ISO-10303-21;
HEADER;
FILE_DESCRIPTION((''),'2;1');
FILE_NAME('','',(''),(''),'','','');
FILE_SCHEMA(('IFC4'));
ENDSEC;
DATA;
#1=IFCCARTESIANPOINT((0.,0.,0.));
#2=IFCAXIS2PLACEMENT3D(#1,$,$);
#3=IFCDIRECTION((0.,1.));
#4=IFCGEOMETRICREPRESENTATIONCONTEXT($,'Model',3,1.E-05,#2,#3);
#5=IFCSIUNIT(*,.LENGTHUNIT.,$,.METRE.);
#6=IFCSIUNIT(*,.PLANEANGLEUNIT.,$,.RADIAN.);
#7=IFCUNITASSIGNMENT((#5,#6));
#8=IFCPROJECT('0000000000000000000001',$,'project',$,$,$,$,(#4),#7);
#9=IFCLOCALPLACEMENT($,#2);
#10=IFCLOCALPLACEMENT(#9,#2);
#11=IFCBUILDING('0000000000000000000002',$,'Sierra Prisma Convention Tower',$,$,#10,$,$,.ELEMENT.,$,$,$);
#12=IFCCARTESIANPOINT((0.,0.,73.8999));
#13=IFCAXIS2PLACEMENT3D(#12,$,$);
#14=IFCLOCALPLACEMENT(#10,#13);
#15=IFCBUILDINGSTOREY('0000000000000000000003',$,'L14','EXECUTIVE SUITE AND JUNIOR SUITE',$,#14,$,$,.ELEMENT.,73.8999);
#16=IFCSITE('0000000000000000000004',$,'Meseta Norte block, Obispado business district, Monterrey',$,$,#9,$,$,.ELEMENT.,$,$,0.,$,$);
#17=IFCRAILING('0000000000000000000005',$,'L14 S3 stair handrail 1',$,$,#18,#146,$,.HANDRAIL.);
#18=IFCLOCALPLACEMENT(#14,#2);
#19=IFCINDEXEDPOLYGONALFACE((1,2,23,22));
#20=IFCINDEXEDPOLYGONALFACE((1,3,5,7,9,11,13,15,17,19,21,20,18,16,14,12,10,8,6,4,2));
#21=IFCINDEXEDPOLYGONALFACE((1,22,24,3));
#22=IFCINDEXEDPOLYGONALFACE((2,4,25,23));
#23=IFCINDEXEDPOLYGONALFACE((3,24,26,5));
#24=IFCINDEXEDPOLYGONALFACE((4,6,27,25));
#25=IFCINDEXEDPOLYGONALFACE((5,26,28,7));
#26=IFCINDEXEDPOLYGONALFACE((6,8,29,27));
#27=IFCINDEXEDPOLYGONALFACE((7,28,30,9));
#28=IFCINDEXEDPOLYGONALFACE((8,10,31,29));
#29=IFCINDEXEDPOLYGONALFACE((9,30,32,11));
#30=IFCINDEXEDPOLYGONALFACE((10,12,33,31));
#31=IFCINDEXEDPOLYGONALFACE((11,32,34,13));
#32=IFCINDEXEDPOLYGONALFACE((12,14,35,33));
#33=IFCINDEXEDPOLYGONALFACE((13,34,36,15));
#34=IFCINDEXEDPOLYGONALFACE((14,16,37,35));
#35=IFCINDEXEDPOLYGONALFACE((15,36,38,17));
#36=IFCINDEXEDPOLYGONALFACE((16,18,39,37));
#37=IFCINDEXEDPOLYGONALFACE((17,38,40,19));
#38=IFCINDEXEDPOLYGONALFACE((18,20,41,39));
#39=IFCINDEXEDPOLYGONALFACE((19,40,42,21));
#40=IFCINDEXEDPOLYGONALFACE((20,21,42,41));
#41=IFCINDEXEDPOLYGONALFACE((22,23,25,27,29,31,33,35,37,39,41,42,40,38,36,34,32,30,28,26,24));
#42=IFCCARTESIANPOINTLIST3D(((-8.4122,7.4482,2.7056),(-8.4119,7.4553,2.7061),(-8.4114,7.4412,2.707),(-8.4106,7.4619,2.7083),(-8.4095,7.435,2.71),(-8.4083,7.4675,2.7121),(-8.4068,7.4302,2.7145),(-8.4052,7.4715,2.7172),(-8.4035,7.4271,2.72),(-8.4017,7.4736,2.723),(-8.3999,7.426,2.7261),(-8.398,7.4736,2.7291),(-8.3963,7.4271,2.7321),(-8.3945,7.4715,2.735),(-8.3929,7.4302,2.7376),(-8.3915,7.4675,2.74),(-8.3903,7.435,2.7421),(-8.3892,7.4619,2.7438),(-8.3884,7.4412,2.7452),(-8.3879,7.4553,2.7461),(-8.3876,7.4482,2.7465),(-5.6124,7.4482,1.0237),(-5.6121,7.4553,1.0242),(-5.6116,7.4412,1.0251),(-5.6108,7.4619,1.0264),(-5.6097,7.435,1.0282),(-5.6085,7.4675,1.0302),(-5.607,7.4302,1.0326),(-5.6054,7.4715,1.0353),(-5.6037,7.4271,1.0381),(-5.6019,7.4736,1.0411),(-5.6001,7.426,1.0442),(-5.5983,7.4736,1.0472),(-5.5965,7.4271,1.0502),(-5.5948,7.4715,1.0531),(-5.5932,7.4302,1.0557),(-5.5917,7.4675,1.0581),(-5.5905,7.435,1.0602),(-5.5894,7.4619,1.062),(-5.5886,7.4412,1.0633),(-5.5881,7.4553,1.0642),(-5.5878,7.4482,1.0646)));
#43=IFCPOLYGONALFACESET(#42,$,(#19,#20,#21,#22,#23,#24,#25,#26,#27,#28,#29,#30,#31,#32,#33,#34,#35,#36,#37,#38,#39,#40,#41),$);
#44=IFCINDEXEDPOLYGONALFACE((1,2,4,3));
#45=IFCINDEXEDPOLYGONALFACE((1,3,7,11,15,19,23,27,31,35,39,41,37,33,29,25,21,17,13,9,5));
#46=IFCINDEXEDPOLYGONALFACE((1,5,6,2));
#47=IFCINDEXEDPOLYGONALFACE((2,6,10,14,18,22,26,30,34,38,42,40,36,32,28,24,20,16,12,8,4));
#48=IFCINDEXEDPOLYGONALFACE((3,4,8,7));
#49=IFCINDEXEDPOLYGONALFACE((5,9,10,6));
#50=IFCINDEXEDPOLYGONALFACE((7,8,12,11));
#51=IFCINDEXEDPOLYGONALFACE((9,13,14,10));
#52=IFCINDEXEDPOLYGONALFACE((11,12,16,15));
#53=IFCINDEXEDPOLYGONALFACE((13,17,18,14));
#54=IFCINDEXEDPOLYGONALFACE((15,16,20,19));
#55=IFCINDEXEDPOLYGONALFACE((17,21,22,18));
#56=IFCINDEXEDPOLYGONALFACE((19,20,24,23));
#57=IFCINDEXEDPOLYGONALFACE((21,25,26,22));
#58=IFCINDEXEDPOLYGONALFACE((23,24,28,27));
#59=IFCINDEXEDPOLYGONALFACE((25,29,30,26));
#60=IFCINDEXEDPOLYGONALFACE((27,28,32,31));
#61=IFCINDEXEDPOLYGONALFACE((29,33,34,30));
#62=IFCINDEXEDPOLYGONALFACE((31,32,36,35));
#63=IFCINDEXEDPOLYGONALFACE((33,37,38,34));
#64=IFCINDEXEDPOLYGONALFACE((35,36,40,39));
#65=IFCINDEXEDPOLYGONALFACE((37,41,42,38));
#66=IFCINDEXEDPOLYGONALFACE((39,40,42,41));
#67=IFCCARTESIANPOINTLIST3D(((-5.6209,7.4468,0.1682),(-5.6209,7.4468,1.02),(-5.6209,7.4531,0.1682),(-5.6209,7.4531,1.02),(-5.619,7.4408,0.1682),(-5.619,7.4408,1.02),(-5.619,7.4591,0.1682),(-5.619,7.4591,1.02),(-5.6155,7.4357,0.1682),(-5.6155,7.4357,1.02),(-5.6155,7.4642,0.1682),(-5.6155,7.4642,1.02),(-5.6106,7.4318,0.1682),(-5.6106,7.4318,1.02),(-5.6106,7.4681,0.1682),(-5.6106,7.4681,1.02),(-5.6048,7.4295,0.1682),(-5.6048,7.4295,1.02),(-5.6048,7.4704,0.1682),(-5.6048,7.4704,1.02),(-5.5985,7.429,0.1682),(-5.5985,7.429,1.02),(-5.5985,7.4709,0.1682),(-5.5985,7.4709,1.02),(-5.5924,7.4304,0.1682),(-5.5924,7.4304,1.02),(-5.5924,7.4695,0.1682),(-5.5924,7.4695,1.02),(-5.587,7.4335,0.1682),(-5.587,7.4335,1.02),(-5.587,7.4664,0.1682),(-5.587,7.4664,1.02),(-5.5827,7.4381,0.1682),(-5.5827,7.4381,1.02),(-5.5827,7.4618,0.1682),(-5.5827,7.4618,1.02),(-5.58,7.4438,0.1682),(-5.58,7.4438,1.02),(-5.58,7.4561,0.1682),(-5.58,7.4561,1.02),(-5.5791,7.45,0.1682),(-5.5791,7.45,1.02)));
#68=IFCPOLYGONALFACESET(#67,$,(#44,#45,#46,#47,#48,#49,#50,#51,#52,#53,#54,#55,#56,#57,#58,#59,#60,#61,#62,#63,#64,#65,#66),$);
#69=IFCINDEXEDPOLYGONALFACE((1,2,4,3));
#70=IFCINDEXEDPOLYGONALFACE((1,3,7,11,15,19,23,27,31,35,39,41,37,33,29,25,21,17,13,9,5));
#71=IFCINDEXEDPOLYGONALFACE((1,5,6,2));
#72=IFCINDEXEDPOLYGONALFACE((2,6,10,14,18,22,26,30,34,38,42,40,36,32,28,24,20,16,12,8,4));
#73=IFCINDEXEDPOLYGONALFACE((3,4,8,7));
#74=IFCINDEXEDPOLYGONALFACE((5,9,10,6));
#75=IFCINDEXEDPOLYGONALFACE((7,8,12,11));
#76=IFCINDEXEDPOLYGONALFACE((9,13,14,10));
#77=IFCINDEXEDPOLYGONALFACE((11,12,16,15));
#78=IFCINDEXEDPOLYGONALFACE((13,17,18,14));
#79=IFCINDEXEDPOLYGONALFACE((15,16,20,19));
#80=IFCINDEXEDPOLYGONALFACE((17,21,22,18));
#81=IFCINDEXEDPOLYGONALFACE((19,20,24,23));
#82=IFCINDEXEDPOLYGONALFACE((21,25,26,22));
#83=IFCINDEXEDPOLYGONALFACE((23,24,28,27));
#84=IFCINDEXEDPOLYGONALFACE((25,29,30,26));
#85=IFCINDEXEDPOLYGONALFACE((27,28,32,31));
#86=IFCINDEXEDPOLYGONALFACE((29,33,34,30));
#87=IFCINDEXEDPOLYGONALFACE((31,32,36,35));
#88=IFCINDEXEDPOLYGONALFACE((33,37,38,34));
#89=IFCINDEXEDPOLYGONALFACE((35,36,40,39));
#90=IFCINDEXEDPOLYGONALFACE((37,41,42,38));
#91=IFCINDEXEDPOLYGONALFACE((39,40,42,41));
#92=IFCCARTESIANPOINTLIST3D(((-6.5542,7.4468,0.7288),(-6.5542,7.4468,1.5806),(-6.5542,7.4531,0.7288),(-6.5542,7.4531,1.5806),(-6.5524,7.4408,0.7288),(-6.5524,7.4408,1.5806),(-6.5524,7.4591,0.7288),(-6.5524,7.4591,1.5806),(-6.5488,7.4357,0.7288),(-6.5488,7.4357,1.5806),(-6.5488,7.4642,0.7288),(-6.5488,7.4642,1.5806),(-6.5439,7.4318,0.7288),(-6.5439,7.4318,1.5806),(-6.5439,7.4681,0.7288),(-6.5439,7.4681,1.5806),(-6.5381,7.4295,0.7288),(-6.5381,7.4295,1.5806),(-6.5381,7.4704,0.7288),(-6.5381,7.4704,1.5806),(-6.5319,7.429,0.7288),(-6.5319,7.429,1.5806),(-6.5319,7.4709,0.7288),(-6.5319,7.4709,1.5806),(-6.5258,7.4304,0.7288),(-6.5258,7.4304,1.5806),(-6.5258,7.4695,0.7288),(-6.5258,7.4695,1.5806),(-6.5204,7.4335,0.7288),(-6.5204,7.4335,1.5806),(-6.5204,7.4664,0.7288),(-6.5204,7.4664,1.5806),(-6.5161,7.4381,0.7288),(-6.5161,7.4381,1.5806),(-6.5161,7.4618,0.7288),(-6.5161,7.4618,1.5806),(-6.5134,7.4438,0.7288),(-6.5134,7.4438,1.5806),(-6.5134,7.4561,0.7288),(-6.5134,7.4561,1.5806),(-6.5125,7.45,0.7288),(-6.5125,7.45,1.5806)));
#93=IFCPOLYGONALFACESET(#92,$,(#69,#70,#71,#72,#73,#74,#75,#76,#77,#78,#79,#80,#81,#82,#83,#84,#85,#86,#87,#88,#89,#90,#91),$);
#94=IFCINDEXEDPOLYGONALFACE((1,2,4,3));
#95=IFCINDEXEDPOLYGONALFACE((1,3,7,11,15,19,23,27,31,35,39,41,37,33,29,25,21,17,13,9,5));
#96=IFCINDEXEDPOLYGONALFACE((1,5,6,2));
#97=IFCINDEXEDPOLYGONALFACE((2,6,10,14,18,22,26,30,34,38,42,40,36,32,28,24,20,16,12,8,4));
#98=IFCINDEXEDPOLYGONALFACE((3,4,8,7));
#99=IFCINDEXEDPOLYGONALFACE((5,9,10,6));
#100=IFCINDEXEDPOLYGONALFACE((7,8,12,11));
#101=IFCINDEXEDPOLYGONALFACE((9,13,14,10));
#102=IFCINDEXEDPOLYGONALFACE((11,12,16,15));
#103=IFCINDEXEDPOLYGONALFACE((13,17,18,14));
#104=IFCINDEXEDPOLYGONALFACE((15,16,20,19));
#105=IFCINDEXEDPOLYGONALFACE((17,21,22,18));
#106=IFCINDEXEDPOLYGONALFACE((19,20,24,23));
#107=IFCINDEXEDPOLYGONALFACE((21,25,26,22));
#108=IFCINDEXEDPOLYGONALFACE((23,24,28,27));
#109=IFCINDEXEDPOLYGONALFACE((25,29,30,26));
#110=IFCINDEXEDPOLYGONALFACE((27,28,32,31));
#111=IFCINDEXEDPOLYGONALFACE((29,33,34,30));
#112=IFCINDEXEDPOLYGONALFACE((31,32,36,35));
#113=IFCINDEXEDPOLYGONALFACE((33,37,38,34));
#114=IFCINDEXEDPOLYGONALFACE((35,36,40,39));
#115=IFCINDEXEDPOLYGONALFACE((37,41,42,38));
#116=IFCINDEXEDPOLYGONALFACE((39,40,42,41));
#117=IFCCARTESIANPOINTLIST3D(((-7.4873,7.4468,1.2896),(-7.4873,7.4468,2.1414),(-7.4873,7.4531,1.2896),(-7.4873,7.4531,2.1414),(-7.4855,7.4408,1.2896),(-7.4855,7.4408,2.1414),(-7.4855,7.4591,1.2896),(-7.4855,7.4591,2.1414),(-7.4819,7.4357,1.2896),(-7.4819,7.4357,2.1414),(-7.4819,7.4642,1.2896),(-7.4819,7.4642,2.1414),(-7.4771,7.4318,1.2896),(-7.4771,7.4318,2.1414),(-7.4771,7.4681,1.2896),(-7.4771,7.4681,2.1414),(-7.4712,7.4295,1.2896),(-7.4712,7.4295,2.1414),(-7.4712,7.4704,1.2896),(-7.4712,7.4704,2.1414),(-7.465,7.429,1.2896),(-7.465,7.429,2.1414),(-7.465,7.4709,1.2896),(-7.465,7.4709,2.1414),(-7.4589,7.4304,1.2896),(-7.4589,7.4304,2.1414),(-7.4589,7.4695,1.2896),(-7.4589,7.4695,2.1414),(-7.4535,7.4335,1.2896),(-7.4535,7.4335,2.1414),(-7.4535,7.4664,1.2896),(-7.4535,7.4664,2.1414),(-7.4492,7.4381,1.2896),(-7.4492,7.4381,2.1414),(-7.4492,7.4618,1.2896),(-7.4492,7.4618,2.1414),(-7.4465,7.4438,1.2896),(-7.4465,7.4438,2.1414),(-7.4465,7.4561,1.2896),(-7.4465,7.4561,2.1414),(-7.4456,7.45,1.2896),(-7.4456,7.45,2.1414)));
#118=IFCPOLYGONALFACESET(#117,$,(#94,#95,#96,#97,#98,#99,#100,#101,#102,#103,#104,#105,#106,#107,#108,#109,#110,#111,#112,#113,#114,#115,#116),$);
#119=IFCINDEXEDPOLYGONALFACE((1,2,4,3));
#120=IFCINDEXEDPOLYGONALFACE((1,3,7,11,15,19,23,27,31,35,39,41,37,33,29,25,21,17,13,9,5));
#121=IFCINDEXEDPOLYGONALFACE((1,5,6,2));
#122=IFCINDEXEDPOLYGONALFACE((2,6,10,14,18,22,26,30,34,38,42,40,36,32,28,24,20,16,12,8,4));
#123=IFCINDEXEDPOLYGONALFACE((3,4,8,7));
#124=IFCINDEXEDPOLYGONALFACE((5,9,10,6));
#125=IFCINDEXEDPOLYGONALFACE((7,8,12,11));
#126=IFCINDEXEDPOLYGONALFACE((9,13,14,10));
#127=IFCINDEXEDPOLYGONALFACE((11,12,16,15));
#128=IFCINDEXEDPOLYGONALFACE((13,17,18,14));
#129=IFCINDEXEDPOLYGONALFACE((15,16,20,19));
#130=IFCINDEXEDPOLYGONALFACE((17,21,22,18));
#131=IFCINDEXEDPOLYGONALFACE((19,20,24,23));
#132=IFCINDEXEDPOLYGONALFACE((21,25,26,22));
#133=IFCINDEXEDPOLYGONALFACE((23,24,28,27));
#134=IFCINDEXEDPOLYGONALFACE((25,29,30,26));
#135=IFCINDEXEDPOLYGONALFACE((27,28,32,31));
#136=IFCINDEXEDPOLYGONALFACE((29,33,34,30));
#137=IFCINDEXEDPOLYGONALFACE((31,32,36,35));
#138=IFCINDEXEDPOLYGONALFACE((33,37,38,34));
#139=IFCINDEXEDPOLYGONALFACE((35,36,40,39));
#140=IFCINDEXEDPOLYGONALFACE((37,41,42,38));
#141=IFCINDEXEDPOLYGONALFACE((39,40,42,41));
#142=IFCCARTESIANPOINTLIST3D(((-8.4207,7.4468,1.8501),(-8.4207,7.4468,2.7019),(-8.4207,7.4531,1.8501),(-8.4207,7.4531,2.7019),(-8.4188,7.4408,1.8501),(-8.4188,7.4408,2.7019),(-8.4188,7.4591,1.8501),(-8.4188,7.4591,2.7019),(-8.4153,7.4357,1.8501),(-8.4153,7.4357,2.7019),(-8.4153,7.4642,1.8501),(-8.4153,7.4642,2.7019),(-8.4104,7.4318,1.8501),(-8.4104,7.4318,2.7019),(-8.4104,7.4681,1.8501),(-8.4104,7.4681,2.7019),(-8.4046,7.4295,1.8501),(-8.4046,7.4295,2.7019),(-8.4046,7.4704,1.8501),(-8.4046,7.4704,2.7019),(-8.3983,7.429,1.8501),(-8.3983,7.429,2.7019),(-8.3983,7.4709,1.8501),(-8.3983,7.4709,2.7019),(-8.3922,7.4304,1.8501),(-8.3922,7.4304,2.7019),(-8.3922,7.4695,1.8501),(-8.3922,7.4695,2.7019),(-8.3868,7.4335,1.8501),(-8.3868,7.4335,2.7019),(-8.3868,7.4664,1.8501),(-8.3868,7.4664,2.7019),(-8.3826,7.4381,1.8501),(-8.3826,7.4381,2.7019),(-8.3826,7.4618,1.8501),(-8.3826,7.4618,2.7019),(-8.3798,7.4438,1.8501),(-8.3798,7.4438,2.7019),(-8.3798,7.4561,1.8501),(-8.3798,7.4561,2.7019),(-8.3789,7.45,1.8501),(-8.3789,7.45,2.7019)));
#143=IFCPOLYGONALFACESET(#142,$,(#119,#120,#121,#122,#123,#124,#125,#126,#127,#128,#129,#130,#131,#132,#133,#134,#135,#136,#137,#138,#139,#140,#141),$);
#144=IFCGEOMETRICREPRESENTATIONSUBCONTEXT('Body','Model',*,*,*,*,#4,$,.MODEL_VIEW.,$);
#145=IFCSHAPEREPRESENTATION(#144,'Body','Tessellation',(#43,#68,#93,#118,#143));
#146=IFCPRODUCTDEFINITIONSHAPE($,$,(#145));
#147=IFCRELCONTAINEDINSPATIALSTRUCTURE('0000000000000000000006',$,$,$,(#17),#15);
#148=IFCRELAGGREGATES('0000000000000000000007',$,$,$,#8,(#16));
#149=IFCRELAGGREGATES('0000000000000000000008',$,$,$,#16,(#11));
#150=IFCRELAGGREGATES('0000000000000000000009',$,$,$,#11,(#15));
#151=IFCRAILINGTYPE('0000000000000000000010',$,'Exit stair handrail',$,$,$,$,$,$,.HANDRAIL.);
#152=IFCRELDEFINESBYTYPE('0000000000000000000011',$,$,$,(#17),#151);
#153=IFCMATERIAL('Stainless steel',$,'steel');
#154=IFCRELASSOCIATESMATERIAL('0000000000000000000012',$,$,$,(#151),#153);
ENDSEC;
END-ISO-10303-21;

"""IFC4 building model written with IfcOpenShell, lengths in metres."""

from ifc_helpers import new_model, si_unit, direction, frame, origin, origin_2d, place, context, subcontext, project, spatial, circle, extrude, material, type_object, element, save


model = new_model("IFC4")

# Units and contexts
model_context = context("Model", 3, precision=1e-05, world=origin(), true_north=direction((0.0, 1.0)))
body_context = subcontext(model_context, "Body", "Model", "MODEL_VIEW")
ifc_project = project(units=[si_unit("LENGTHUNIT", "METRE"), si_unit("PLANEANGLEUNIT", "RADIAN")], contexts=[model_context])

# Site, building, storey
site_placement = place(None, origin())
site = spatial("IfcSite", under=ifc_project, at=site_placement, Name="Meseta Norte block, Obispado business district, Monterrey", CompositionType="ELEMENT", RefElevation=0.0)
building_placement = place(site_placement, origin())
building = spatial("IfcBuilding", under=site, at=building_placement, Name="Sierra Prisma Convention Tower", CompositionType="ELEMENT")
storey_placement = place(building_placement, frame((0.0, 0.0, 73.8999)))
storey = spatial("IfcBuildingStorey", under=building, at=storey_placement, Name="L14", Description="EXECUTIVE SUITE AND JUNIOR SUITE", CompositionType="ELEMENT", Elevation=73.8999)

# Railing
ifc_material_1 = material(Name="Stainless steel", Category="steel")
railing_type_1 = type_object("IfcRailingType", Name="Exit stair handrail", PredefinedType="HANDRAIL", material=ifc_material_1)
railing_1_placement = place(storey_placement, frame((-5.6001, 7.45, 0.1682)))
element("IfcRailing", 1, at=railing_1_placement, inside=storey, type_object=railing_type_1, Name="L14 S3 stair handrail 1", PredefinedType="HANDRAIL", context=body_context, shape_type="SweptSolid", body=[
    extrude(circle(Radius=0.0239, at=origin_2d()), frame((0.0, 0.0, 0.876), z_axis=(-0.857222, 0.0, 0.514946), x_axis=(0.0, -1.0, 0.0)), (0.0, 0.0, 1.0), 3.2661),
    extrude(circle(Radius=0.021, at=origin_2d()), origin(), (0.0, 0.0, 1.0), 0.8518),
    extrude(circle(Radius=0.021, at=origin_2d()), frame((-0.9333, 0.0, 0.5605)), (0.0, 0.0, 1.0), 0.8518),
    extrude(circle(Radius=0.021, at=origin_2d()), frame((-1.8665, 0.0, 1.1213)), (0.0, 0.0, 1.0), 0.8518),
    extrude(circle(Radius=0.021, at=origin_2d()), frame((-2.7998, 0.0, 1.6819)), (0.0, 0.0, 1.0), 0.8518),
])

save(model, "model.ifc")
